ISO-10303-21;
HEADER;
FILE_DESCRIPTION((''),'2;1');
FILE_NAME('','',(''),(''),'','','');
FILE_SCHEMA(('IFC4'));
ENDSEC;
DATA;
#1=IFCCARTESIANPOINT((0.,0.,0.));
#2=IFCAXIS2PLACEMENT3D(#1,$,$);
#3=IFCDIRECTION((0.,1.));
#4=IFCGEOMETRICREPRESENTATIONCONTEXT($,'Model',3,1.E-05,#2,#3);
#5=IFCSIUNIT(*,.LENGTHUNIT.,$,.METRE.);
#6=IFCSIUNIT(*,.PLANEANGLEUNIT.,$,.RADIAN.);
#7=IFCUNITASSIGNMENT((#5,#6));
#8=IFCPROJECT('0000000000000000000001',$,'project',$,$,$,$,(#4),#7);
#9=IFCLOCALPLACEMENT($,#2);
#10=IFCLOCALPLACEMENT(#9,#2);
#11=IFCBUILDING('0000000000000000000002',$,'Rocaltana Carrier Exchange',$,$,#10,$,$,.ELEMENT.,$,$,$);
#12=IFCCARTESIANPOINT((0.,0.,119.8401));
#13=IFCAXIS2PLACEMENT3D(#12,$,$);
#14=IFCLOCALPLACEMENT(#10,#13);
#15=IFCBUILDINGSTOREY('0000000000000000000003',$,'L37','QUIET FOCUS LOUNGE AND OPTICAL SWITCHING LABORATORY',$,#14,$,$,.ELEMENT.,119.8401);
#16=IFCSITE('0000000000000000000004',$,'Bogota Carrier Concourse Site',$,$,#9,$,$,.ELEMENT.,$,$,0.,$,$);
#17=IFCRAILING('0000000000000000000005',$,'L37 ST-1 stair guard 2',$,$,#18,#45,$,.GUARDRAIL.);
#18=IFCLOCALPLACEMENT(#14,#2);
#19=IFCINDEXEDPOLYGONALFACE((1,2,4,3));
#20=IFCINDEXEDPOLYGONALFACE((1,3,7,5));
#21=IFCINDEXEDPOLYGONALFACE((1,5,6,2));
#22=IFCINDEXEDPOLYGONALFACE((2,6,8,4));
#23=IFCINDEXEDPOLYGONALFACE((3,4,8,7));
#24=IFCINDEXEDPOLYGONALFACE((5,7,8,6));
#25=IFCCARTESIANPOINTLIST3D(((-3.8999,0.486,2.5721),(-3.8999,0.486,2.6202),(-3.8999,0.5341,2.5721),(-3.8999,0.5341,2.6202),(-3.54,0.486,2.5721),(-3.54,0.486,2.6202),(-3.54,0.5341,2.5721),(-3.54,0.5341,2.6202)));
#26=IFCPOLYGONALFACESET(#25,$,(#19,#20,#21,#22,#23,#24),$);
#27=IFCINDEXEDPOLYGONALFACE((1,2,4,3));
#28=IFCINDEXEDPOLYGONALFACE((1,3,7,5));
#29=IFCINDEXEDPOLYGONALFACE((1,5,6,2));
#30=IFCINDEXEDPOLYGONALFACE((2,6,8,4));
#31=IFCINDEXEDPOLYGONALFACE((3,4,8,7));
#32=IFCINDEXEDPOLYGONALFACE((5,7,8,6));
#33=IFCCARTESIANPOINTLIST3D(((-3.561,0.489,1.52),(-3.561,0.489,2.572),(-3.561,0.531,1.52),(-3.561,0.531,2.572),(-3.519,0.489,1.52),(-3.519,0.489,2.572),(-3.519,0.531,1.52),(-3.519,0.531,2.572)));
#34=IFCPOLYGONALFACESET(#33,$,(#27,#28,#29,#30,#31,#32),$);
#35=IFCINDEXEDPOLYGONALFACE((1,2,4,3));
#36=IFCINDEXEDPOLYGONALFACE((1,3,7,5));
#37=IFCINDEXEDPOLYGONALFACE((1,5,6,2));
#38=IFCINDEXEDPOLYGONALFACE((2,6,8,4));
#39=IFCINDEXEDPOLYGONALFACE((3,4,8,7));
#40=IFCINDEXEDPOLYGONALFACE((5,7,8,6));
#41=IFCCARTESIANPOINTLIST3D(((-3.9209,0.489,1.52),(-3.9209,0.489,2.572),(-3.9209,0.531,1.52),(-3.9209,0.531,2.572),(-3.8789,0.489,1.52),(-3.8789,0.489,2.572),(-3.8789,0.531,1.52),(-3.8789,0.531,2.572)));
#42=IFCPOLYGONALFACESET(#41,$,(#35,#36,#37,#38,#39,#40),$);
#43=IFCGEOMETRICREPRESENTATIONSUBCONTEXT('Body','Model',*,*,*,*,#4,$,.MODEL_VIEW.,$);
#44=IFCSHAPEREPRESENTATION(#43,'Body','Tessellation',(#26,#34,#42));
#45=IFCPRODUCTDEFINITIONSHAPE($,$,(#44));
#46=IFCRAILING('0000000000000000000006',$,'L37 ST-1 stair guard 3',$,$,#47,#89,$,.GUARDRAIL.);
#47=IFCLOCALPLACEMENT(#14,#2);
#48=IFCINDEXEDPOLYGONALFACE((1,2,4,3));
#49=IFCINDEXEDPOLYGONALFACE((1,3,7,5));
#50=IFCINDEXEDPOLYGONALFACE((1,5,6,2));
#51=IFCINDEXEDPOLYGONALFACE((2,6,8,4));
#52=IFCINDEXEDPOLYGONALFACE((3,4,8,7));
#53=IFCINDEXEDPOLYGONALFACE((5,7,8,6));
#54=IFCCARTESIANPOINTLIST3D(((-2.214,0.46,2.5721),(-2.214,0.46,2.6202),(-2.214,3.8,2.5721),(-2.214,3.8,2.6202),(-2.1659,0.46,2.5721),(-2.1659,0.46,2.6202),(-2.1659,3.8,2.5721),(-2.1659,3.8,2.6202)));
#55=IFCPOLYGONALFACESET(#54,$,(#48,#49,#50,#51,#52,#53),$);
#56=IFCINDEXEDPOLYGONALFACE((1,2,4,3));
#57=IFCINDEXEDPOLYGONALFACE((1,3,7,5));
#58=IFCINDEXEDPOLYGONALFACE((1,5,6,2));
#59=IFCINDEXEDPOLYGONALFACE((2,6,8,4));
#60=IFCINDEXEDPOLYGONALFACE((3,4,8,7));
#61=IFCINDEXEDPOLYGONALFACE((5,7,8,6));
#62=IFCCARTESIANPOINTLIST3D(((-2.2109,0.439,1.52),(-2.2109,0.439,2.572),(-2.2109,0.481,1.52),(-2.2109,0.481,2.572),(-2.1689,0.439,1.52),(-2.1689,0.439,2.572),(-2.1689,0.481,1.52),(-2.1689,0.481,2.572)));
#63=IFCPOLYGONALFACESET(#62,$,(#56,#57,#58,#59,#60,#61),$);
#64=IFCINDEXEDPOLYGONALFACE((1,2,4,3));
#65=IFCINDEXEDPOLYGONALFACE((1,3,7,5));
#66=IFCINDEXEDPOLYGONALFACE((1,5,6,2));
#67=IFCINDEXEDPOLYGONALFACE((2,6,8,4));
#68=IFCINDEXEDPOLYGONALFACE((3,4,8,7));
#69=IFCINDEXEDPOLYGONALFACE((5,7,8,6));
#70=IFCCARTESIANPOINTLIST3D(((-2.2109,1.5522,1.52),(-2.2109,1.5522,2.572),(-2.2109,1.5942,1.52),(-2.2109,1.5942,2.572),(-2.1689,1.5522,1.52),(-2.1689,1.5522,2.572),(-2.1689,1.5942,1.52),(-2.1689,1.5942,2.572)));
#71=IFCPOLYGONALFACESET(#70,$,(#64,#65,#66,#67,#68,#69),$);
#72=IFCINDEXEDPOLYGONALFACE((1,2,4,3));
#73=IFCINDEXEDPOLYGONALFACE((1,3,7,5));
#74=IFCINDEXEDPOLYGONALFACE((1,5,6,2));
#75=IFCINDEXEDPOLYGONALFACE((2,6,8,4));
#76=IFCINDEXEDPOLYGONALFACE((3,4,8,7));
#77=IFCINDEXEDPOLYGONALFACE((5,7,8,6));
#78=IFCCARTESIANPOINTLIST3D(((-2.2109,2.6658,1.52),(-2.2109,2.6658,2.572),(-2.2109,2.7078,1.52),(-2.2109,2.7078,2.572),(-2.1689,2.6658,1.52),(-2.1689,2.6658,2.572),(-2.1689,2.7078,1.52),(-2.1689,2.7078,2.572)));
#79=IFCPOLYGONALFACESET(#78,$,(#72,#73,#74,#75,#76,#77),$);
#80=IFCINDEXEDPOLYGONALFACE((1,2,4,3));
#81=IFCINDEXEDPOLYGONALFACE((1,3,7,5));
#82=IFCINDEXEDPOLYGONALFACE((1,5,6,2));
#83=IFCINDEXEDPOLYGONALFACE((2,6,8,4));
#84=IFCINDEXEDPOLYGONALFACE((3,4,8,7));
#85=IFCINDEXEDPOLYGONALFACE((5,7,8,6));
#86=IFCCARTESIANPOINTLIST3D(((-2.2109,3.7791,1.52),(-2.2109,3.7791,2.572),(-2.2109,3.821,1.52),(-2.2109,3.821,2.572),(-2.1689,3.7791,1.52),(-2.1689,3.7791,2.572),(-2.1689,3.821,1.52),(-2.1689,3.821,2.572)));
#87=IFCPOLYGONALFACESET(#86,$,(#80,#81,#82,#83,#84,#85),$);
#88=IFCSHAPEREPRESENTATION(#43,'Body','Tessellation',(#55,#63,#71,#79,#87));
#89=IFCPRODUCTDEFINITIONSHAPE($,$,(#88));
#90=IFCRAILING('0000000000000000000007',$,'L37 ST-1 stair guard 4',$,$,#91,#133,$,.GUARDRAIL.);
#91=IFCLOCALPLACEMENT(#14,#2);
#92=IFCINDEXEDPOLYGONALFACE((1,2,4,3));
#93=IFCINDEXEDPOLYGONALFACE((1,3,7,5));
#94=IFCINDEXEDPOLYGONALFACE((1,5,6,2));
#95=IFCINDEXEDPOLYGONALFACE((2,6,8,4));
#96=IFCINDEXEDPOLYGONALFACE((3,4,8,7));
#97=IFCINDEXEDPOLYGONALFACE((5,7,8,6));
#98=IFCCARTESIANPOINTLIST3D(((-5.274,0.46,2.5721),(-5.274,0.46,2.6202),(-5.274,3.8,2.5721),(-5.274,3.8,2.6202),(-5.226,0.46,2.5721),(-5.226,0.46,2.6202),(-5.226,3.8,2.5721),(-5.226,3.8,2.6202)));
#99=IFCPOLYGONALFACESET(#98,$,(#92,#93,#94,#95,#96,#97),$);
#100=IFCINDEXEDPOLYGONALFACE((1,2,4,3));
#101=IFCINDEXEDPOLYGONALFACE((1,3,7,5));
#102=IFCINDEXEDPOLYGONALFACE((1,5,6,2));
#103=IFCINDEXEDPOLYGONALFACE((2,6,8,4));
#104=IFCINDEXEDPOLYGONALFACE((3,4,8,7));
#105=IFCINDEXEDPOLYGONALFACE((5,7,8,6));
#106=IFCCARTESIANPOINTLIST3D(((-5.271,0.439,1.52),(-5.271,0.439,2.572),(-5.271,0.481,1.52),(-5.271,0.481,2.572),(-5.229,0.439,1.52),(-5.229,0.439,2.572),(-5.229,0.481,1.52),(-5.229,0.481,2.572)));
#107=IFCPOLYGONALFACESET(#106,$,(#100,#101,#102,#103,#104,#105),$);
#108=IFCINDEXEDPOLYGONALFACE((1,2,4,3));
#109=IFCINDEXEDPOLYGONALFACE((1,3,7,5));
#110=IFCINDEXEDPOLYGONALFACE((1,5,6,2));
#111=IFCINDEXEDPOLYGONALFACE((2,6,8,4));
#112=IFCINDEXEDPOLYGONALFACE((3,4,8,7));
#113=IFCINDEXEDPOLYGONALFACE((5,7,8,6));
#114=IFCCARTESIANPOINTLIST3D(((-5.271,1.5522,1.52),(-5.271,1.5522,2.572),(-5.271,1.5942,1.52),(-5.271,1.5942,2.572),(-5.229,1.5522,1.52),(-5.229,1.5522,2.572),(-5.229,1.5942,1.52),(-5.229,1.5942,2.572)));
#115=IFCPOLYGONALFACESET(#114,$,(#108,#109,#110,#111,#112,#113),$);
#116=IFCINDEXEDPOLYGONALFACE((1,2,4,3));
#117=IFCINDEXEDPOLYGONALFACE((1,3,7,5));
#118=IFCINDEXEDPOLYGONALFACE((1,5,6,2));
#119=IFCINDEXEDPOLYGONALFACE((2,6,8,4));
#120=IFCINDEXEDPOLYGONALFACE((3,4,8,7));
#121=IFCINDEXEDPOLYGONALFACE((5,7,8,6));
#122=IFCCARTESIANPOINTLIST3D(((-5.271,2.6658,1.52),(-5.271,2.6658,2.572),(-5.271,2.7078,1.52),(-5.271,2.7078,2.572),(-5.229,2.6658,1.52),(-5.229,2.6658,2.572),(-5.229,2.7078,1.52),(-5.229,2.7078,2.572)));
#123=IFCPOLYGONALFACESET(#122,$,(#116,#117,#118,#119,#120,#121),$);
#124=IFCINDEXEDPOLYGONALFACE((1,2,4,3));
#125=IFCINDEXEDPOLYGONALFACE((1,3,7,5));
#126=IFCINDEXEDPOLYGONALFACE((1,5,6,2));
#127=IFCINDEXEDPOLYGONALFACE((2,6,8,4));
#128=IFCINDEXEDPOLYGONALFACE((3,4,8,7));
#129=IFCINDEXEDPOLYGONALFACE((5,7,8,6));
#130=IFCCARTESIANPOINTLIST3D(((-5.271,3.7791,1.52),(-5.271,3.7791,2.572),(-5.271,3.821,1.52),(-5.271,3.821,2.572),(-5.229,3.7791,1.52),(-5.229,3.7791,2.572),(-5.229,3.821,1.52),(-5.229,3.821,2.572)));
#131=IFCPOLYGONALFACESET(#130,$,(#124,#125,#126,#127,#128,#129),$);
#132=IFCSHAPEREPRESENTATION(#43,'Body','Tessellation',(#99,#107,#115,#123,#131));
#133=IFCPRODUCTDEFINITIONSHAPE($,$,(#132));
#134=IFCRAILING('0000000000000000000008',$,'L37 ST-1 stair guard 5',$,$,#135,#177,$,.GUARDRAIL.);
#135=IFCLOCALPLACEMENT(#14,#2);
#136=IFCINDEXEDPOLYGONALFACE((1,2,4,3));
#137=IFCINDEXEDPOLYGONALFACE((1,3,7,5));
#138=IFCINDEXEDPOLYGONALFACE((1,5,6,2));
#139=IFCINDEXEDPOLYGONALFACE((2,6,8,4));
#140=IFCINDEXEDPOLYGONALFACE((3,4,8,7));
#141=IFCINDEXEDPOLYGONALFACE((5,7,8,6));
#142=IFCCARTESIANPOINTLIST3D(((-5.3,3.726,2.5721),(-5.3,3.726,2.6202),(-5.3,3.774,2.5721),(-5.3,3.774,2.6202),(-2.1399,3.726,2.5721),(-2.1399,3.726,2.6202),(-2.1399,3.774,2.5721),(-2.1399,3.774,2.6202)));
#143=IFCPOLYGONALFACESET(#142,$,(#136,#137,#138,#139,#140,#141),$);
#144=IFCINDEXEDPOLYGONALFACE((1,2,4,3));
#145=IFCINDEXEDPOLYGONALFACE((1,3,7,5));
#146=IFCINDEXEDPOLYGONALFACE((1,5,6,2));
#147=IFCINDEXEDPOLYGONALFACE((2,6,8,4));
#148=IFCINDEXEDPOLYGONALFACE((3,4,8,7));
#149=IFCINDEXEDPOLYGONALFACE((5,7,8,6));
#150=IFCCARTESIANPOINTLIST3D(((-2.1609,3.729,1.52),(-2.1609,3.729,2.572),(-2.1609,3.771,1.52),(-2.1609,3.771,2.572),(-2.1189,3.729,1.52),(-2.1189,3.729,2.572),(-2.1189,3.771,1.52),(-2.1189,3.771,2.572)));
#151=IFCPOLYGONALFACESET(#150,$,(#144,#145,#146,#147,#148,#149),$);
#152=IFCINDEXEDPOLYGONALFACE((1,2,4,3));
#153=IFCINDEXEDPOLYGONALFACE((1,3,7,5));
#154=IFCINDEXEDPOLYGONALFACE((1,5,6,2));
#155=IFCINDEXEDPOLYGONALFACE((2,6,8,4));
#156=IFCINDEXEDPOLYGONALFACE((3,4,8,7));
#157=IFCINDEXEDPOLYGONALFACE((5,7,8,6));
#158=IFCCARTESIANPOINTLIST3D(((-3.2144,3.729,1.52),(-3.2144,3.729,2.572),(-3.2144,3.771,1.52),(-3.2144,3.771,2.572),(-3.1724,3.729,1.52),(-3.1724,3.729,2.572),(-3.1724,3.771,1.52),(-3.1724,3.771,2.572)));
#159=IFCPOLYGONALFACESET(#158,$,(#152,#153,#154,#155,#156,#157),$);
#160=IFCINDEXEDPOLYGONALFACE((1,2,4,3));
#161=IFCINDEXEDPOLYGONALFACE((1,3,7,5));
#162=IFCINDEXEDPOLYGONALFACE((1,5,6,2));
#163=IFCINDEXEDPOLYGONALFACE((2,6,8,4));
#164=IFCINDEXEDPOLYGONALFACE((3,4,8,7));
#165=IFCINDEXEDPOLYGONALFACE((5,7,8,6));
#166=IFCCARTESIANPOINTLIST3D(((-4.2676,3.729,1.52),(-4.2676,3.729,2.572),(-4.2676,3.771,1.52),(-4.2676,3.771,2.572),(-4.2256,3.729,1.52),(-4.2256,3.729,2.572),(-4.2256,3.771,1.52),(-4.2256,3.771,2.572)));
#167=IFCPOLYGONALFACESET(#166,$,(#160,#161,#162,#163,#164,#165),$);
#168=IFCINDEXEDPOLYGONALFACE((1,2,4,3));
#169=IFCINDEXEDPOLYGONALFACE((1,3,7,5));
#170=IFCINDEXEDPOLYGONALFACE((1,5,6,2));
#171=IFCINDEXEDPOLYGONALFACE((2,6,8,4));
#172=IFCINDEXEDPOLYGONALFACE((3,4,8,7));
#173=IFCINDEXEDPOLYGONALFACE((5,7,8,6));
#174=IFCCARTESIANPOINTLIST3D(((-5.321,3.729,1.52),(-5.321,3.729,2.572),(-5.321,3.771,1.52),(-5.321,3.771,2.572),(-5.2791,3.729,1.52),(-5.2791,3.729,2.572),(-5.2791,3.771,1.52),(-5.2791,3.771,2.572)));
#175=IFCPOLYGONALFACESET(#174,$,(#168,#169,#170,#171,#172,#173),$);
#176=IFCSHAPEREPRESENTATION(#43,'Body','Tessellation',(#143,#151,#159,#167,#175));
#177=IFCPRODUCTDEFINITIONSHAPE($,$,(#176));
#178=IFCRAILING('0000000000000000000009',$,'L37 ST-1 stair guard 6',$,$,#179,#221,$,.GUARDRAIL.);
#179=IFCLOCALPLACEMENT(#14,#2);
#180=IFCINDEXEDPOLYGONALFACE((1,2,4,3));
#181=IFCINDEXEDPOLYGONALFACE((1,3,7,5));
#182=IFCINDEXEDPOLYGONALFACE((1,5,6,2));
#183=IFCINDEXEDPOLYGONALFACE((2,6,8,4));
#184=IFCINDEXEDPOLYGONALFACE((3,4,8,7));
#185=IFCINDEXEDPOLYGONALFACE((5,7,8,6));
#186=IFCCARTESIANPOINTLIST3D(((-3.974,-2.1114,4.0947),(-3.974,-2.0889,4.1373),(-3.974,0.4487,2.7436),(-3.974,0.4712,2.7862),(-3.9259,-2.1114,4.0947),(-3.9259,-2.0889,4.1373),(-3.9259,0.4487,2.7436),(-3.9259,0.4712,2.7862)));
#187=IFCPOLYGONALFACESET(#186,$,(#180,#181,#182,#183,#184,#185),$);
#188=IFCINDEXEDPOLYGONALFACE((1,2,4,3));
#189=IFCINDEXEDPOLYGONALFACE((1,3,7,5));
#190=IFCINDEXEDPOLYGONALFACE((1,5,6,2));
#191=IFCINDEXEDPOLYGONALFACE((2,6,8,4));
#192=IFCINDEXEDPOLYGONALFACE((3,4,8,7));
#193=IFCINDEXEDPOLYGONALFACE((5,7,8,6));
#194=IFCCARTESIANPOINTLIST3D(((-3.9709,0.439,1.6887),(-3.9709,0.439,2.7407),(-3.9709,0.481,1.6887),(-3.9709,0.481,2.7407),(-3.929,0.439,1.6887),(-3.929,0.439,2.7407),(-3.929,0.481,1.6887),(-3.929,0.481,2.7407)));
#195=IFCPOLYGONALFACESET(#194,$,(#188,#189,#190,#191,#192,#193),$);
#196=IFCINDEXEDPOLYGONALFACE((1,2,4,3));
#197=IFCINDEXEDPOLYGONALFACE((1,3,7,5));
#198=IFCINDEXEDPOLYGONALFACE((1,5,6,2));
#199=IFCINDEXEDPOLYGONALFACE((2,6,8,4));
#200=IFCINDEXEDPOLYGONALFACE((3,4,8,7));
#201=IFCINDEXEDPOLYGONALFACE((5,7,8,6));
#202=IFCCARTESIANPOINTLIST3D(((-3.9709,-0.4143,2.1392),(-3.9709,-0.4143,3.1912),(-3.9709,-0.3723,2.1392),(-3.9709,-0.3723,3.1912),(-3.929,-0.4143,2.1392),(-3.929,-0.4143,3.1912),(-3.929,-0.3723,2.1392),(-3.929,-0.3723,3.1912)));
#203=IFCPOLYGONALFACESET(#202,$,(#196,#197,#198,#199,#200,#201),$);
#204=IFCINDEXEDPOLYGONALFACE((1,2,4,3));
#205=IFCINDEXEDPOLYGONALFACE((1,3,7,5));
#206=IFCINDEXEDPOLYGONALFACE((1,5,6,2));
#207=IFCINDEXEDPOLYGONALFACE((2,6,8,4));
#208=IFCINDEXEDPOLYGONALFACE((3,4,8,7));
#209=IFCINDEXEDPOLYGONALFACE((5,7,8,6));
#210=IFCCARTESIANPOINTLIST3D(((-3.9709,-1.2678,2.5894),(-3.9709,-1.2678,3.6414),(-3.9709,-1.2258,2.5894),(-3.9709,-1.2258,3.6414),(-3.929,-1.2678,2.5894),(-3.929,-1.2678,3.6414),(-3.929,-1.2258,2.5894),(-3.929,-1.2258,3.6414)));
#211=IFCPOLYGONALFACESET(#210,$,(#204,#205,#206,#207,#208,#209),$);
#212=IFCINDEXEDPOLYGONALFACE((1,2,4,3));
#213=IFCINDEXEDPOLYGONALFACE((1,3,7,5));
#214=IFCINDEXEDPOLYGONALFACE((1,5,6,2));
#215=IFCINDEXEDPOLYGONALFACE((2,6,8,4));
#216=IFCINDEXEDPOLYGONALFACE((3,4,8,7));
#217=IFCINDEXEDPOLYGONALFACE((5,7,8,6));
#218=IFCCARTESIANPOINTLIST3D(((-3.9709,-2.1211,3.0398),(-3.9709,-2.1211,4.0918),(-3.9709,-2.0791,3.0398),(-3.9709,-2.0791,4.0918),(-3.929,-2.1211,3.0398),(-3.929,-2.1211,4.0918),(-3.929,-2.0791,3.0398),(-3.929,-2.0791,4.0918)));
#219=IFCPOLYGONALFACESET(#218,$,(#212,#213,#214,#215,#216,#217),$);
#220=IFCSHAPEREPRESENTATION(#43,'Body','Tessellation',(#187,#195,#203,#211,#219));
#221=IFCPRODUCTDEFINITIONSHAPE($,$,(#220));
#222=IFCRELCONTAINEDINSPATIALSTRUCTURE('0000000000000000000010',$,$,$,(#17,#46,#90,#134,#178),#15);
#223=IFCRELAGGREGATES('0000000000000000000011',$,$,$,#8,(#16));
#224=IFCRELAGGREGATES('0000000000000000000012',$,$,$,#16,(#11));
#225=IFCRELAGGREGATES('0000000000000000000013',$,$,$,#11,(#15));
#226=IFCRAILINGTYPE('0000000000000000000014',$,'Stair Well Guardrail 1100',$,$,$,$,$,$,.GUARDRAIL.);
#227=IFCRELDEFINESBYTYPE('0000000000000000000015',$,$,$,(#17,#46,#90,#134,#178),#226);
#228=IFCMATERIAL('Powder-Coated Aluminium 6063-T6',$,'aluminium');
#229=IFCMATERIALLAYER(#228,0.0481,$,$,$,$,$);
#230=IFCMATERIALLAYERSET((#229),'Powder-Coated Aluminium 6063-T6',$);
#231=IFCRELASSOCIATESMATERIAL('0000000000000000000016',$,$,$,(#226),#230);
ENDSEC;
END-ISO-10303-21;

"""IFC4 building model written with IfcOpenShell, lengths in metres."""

from ifc_helpers import new_model, si_unit, direction, frame, origin, origin_2d, place, context, subcontext, project, spatial, rectangle, extrude, material, layer, layer_set, type_object, element, save


model = new_model("IFC4")

# Units and contexts
model_context = context("Model", 3, precision=1e-05, world=origin(), true_north=direction((0.0, 1.0)))
body_context = subcontext(model_context, "Body", "Model", "MODEL_VIEW")
ifc_project = project(units=[si_unit("LENGTHUNIT", "METRE"), si_unit("PLANEANGLEUNIT", "RADIAN")], contexts=[model_context])

# Site, building, storey
site_placement = place(None, origin())
site = spatial("IfcSite", under=ifc_project, at=site_placement, Name="Bogota Carrier Concourse Site", CompositionType="ELEMENT", RefElevation=0.0)
building_placement = place(site_placement, origin())
building = spatial("IfcBuilding", under=site, at=building_placement, Name="Rocaltana Carrier Exchange", CompositionType="ELEMENT")
storey_placement = place(building_placement, frame((0.0, 0.0, 119.8401)))
storey = spatial("IfcBuildingStorey", under=building, at=storey_placement, Name="L37", Description="QUIET FOCUS LOUNGE AND OPTICAL SWITCHING LABORATORY", CompositionType="ELEMENT", Elevation=119.8401)

# Railings
ifc_material_1 = material(Name="Powder-Coated Aluminium 6063-T6", Category="aluminium")
ifc_layer_1 = layer(ifc_material_1, 0.0481)
ifc_layer_set_1 = layer_set([ifc_layer_1], Name="Powder-Coated Aluminium 6063-T6")
railing_type_1 = type_object("IfcRailingType", Name="Stair Well Guardrail 1100", PredefinedType="GUARDRAIL", material=ifc_layer_set_1)
railing_1_placement = place(storey_placement, frame((-3.54, 0.51, 1.52)))
element("IfcRailing", 1, at=railing_1_placement, inside=storey, type_object=railing_type_1, Name="L37 ST-1 stair guard 2", PredefinedType="GUARDRAIL", context=body_context, shape_type="SweptSolid", body=[
    extrude(rectangle(XDim=0.0481, YDim=0.0481, at=origin_2d()), frame((0.0, 0.0, 1.0762), z_axis=(-1.0, 0.0, 0.0), x_axis=(0.0, -1.0, 0.0)), (0.0, 0.0, 1.0), 0.3599),
    extrude(rectangle(XDim=0.042, YDim=0.042, at=origin_2d()), origin(), (0.0, 0.0, 1.0), 1.052),
    extrude(rectangle(XDim=0.042, YDim=0.042, at=origin_2d()), frame((-0.3599, 0.0, 0.0)), (0.0, 0.0, 1.0), 1.052),
])
for number, where, name in (
    (2, (-2.1899, 0.46, 1.52), "L37 ST-1 stair guard 3"),
    (3, (-5.25, 0.46, 1.52), "L37 ST-1 stair guard 4"),
):
    element("IfcRailing", number, at=place(storey_placement, frame(where)), inside=storey, type_object=railing_type_1, Name=name, PredefinedType="GUARDRAIL", context=body_context, shape_type="SweptSolid", body=[
        extrude(rectangle(XDim=0.0481, YDim=0.0481, at=origin_2d()), frame((0.0, 0.0, 1.0762), z_axis=(0.0, 1.0, 0.0), x_axis=(-1.0, 0.0, 0.0)), (0.0, 0.0, 1.0), 3.3401),
        extrude(rectangle(XDim=0.042, YDim=0.042, at=origin_2d()), origin(), (0.0, 0.0, 1.0), 1.052),
        extrude(rectangle(XDim=0.042, YDim=0.042, at=origin_2d()), frame((0.0, 1.1133, 0.0)), (0.0, 0.0, 1.0), 1.052),
        extrude(rectangle(XDim=0.042, YDim=0.042, at=origin_2d()), frame((0.0, 2.2268, 0.0)), (0.0, 0.0, 1.0), 1.052),
        extrude(rectangle(XDim=0.042, YDim=0.042, at=origin_2d()), frame((0.0, 3.3401, 0.0)), (0.0, 0.0, 1.0), 1.052),
    ])
railing_2_placement = place(storey_placement, frame((-2.1399, 3.75, 1.52)))
element("IfcRailing", 4, at=railing_2_placement, inside=storey, type_object=railing_type_1, Name="L37 ST-1 stair guard 5", PredefinedType="GUARDRAIL", context=body_context, shape_type="SweptSolid", body=[
    extrude(rectangle(XDim=0.0481, YDim=0.0481, at=origin_2d()), frame((0.0, 0.0, 1.0762), z_axis=(-1.0, 0.0, 0.0), x_axis=(0.0, -1.0, 0.0)), (0.0, 0.0, 1.0), 3.1602),
    extrude(rectangle(XDim=0.042, YDim=0.042, at=origin_2d()), origin(), (0.0, 0.0, 1.0), 1.052),
    extrude(rectangle(XDim=0.042, YDim=0.042, at=origin_2d()), frame((-1.0535, 0.0, 0.0)), (0.0, 0.0, 1.0), 1.052),
    extrude(rectangle(XDim=0.042, YDim=0.042, at=origin_2d()), frame((-2.1067, 0.0, 0.0)), (0.0, 0.0, 1.0), 1.052),
    extrude(rectangle(XDim=0.042, YDim=0.042, at=origin_2d()), frame((-3.1602, 0.0, 0.0)), (0.0, 0.0, 1.0), 1.052),
])
railing_3_placement = place(storey_placement, frame((-3.95, 0.46, 1.6887)))
element("IfcRailing", 5, at=railing_3_placement, inside=storey, type_object=railing_type_1, Name="L37 ST-1 stair guard 6", PredefinedType="GUARDRAIL", context=body_context, shape_type="SweptSolid", body=[
    extrude(rectangle(XDim=0.0481, YDim=0.0481, at=origin_2d()), frame((0.0, 0.0, 1.0762), z_axis=(0.0, -0.884394, 0.46674), x_axis=(1.0, 0.0, 0.0)), (0.0, 0.0, 1.0), 2.8948),
    extrude(rectangle(XDim=0.042, YDim=0.042, at=origin_2d()), origin(), (0.0, 0.0, 1.0), 1.052),
    extrude(rectangle(XDim=0.042, YDim=0.042, at=origin_2d()), frame((0.0, -0.8533, 0.4504)), (0.0, 0.0, 1.0), 1.052),
    extrude(rectangle(XDim=0.042, YDim=0.042, at=origin_2d()), frame((0.0, -1.7068, 0.9006)), (0.0, 0.0, 1.0), 1.052),
    extrude(rectangle(XDim=0.042, YDim=0.042, at=origin_2d()), frame((0.0, -2.5601, 1.3511)), (0.0, 0.0, 1.0), 1.052),
])

save(model, "model.ifc")
